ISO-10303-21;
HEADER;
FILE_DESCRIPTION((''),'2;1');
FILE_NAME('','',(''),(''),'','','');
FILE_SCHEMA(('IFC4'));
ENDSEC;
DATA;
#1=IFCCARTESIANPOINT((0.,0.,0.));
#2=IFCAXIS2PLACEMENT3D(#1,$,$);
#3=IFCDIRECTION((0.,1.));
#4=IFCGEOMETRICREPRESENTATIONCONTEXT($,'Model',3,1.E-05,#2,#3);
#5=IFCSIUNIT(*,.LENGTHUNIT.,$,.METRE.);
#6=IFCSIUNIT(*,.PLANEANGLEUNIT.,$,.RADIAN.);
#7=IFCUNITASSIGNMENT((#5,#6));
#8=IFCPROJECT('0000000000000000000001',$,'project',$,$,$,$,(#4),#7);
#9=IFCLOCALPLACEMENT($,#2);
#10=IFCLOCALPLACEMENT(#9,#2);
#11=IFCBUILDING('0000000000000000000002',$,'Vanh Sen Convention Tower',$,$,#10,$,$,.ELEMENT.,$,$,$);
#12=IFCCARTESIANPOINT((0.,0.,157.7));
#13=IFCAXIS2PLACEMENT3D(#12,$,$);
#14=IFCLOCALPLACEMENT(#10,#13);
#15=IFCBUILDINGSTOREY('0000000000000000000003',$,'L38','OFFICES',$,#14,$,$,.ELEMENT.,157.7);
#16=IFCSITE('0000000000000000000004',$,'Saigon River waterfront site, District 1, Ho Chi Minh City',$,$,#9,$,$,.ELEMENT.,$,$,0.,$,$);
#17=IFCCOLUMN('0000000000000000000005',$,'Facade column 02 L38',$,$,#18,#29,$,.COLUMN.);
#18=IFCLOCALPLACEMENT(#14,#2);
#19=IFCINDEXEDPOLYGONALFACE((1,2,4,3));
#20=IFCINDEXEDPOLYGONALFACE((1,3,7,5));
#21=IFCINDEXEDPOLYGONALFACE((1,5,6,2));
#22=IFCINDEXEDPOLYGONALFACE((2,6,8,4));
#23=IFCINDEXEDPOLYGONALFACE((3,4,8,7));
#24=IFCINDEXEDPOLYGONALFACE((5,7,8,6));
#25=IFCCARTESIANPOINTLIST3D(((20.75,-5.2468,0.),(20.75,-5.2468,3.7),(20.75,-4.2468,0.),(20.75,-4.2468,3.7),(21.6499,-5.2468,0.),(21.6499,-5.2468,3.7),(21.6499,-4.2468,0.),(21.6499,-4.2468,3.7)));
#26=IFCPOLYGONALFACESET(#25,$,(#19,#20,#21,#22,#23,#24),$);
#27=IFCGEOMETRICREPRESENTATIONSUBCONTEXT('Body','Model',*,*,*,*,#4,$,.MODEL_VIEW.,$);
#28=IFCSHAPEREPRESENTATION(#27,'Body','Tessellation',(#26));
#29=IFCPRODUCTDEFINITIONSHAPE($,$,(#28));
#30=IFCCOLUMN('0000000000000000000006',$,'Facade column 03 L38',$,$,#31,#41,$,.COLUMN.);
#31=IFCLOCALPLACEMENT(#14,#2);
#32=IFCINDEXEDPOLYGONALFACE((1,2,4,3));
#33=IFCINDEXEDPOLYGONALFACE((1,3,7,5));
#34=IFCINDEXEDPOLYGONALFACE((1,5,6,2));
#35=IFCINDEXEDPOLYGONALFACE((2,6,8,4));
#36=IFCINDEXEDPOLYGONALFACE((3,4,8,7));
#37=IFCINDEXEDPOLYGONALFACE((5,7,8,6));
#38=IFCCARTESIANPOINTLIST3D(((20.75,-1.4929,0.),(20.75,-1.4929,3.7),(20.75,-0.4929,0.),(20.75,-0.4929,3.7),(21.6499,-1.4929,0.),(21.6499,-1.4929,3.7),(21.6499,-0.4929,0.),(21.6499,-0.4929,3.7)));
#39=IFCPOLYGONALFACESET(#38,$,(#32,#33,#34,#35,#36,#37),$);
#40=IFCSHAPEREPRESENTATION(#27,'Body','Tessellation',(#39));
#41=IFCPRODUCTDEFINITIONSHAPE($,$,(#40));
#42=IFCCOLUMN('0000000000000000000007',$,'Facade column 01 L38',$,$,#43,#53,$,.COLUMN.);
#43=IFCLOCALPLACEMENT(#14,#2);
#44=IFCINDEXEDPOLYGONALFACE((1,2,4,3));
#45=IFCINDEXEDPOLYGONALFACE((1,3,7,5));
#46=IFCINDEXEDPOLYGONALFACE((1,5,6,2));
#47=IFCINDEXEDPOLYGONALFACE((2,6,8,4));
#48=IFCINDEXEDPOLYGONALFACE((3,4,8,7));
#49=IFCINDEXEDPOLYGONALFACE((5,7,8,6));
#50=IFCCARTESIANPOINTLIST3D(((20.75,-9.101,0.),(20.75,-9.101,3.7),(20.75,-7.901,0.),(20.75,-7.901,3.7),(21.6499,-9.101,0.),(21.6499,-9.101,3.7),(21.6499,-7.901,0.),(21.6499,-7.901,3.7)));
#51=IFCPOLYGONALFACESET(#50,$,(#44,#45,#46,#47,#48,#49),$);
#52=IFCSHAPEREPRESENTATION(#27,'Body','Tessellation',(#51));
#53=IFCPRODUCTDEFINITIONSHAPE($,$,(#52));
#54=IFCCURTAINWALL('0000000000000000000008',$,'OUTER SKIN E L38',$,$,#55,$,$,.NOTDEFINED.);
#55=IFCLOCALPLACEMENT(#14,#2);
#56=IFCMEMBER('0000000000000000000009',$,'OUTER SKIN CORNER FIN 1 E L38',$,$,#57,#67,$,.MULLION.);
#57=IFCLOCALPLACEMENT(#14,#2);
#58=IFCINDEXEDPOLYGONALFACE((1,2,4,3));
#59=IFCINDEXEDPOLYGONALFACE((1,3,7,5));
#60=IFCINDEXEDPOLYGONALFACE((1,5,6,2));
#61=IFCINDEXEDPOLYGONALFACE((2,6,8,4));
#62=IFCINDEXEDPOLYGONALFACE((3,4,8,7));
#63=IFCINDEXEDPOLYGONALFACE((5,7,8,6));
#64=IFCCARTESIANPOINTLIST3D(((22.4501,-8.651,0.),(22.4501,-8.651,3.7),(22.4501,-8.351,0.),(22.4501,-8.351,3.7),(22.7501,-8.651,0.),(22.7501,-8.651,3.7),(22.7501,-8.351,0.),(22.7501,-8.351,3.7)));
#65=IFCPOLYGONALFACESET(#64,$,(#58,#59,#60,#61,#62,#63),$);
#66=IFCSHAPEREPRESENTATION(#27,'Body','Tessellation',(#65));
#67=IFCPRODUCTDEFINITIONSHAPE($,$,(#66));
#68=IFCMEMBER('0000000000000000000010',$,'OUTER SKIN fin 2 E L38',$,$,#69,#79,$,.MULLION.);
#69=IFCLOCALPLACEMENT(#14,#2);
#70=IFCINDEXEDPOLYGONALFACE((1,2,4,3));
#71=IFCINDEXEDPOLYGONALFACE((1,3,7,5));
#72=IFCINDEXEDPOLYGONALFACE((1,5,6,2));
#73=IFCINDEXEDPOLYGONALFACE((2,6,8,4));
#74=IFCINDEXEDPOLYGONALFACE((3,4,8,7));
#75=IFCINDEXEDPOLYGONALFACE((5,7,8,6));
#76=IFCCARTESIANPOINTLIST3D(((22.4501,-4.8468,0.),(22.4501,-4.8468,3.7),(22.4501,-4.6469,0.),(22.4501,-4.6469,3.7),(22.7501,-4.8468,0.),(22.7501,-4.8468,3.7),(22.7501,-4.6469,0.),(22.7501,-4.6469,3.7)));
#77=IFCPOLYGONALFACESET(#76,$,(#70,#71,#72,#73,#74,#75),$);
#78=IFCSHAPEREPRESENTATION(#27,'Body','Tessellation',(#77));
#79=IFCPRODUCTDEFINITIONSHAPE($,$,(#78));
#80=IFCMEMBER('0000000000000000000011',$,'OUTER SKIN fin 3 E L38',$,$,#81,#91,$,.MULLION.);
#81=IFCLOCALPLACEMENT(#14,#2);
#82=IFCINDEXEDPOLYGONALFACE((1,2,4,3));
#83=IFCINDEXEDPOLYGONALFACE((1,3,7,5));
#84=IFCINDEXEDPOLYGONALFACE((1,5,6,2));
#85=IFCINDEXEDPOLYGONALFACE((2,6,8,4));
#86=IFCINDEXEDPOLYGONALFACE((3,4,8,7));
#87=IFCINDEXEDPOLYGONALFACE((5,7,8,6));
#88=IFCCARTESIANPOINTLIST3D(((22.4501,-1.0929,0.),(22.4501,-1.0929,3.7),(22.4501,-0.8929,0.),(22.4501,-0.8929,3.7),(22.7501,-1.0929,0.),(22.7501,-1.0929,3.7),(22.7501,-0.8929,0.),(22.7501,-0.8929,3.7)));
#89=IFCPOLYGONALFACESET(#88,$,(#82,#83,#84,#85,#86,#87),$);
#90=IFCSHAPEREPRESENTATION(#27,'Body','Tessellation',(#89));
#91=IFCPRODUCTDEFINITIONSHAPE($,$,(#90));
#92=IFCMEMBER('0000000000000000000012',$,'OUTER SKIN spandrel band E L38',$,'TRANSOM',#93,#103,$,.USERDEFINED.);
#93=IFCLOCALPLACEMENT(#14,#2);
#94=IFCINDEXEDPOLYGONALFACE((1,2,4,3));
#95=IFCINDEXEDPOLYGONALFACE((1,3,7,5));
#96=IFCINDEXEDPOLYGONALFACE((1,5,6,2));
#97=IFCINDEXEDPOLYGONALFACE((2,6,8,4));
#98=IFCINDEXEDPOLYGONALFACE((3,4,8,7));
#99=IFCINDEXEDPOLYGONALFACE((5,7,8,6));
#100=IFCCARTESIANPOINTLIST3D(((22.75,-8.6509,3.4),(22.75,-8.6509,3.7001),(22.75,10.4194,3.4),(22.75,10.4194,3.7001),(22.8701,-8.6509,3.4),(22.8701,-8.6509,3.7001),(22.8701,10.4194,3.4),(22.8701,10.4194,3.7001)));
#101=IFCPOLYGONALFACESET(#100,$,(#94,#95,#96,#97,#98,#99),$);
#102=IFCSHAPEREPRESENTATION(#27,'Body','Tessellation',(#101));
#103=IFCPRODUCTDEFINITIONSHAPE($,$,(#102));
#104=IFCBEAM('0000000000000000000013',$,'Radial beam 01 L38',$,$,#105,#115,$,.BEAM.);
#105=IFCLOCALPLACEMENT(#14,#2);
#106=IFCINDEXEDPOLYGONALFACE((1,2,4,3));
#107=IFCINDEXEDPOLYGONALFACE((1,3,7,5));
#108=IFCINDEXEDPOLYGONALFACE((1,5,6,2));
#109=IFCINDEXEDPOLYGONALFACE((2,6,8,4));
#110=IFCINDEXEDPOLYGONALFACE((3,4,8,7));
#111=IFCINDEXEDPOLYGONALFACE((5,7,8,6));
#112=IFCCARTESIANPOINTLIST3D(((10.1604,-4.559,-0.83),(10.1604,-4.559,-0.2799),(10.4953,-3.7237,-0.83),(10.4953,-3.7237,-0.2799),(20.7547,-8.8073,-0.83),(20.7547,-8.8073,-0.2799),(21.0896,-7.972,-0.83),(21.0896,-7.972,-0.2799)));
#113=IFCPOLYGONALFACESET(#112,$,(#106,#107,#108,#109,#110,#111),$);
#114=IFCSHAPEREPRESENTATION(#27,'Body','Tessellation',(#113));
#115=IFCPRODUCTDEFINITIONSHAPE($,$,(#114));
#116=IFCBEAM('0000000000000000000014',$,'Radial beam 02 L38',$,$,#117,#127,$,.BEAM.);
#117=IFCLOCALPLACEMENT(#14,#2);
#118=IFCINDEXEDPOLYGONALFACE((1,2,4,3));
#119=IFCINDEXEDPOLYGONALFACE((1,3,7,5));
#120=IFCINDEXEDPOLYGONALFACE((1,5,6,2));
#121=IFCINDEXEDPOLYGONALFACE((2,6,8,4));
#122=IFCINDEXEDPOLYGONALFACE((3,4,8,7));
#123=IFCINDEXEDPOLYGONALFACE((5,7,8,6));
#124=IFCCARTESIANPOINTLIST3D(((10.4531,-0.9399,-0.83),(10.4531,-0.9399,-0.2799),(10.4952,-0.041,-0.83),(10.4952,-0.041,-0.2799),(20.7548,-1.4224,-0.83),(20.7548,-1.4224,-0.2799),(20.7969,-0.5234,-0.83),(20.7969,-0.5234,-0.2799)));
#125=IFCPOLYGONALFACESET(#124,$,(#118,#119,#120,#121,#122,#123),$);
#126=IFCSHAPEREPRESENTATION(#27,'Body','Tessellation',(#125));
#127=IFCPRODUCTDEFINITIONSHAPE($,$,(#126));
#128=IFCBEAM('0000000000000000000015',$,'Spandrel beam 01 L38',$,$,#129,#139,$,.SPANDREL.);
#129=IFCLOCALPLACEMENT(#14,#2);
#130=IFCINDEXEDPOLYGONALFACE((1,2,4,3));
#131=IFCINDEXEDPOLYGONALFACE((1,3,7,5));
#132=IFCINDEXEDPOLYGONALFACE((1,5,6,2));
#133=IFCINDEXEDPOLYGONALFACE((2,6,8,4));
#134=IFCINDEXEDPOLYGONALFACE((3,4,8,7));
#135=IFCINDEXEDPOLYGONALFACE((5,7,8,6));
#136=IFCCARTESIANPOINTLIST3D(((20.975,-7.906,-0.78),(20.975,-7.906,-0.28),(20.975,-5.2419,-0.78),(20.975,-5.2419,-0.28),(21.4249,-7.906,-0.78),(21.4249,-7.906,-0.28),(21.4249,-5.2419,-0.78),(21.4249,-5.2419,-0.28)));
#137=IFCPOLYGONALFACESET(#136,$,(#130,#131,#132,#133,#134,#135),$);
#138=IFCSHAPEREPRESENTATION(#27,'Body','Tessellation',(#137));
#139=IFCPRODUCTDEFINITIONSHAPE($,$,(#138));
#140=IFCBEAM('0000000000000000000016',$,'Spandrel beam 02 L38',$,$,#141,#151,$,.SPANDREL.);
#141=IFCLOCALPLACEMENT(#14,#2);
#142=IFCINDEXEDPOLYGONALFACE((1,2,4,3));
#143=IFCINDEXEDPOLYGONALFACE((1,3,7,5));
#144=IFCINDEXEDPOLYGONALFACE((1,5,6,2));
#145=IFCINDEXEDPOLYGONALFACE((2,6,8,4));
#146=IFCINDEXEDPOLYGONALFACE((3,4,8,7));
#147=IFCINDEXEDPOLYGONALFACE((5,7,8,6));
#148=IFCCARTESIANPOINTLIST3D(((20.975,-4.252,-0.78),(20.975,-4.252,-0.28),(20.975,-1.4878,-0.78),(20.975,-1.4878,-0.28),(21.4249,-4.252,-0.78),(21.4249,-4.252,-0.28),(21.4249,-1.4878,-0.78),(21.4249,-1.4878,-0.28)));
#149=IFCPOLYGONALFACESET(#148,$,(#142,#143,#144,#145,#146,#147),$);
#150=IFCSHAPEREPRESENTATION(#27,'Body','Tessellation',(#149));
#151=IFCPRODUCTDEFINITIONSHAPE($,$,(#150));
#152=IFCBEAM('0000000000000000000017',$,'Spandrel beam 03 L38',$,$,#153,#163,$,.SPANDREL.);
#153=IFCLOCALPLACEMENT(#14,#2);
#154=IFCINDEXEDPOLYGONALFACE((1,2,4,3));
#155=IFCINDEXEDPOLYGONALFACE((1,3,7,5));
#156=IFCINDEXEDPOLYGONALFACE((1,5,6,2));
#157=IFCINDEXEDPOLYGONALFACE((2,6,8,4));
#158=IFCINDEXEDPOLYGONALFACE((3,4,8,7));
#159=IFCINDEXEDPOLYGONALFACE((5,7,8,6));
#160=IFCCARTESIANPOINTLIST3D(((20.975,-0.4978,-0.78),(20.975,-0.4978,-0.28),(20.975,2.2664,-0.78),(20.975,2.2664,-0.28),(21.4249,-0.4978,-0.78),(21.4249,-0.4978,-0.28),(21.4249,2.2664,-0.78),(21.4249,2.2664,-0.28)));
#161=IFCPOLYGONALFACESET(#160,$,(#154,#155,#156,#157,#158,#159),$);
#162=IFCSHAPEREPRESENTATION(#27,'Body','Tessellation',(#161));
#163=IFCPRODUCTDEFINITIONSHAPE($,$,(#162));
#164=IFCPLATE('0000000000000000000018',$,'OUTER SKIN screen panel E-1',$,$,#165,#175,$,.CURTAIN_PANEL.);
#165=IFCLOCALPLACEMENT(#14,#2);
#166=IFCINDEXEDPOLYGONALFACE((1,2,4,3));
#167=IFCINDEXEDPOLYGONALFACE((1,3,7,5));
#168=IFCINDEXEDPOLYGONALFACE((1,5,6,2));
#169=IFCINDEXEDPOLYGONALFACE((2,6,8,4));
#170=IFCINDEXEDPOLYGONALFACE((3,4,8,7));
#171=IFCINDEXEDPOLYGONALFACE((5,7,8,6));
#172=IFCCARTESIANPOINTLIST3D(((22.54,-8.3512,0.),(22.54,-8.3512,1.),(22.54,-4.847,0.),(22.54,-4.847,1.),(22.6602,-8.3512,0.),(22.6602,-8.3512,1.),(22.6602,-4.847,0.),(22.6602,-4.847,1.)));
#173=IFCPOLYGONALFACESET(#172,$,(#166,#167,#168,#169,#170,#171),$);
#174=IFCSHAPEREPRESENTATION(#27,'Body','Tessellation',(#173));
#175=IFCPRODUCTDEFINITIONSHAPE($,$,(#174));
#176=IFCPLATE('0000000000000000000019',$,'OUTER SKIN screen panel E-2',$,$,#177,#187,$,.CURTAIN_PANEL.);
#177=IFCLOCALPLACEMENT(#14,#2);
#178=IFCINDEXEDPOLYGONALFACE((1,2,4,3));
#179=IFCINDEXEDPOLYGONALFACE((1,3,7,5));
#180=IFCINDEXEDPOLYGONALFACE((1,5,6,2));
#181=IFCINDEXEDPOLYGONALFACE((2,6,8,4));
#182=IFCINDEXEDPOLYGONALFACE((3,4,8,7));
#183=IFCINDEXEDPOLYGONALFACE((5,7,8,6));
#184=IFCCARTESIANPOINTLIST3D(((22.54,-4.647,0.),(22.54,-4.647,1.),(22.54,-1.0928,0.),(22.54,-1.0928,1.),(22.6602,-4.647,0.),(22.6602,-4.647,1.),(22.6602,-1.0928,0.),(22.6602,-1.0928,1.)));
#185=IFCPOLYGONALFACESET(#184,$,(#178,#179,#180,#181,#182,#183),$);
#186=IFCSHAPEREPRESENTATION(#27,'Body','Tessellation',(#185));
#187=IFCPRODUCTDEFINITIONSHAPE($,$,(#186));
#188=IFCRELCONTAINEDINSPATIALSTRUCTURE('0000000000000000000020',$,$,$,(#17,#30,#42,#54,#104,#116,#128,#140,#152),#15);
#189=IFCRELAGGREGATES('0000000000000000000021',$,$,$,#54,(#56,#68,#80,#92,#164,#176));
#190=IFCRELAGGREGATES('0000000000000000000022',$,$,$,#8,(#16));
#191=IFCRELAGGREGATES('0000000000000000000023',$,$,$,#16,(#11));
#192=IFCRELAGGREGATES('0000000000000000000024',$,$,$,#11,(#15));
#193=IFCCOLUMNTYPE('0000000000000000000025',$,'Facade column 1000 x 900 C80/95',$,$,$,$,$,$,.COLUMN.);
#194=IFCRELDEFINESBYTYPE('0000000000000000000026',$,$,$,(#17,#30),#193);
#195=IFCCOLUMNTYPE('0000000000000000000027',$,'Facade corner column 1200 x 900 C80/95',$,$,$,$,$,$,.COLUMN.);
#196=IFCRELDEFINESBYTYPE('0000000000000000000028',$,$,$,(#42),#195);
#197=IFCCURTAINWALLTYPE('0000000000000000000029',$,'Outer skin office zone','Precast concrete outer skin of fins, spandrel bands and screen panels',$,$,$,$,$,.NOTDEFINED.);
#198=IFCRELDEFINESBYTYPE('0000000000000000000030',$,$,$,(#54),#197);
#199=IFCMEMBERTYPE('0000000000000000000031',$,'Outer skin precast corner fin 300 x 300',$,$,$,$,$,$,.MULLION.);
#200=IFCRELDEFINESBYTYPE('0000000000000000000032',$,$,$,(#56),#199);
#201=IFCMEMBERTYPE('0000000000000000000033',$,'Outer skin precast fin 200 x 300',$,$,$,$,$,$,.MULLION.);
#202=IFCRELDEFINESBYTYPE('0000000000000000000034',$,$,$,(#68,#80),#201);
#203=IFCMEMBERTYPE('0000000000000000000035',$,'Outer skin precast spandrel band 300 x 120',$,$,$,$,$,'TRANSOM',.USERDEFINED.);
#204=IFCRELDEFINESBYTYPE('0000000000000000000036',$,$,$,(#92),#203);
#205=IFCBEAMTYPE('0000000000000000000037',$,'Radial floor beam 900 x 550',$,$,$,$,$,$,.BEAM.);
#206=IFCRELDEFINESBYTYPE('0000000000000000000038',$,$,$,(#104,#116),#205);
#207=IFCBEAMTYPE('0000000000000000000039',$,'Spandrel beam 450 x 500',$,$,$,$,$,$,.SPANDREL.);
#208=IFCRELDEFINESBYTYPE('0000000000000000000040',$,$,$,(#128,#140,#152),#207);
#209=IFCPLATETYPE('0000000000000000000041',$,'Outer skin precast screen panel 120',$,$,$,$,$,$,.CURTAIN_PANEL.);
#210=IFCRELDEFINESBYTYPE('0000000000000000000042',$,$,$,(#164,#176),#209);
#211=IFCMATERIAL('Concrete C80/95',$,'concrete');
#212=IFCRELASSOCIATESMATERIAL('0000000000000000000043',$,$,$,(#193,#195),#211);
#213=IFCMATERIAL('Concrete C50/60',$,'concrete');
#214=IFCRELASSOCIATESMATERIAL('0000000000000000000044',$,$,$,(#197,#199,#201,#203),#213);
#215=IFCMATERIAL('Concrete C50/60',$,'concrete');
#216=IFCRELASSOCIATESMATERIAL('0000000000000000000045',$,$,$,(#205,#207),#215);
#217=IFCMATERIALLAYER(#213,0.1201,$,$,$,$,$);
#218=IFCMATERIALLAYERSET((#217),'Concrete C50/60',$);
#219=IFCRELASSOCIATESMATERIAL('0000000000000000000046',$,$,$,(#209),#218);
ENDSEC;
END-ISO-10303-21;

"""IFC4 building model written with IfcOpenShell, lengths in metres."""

from ifc_helpers import new_model, si_unit, direction, frame, origin, origin_2d, place, context, subcontext, project, spatial, rectangle, extrude, material, layer, layer_set, material_profile, profile_set, type_object, element, aggregate, save


model = new_model("IFC4")

# Units and contexts
model_context = context("Model", 3, precision=1e-05, world=origin(), true_north=direction((0.0, 1.0)))
body_context = subcontext(model_context, "Body", "Model", "MODEL_VIEW")
ifc_project = project(units=[si_unit("LENGTHUNIT", "METRE"), si_unit("PLANEANGLEUNIT", "RADIAN")], contexts=[model_context])

# Site, building, storey
site_placement = place(None, origin())
site = spatial("IfcSite", under=ifc_project, at=site_placement, Name="Saigon River waterfront site, District 1, Ho Chi Minh City", CompositionType="ELEMENT", RefElevation=0.0)
building_placement = place(site_placement, origin())
building = spatial("IfcBuilding", under=site, at=building_placement, Name="Vanh Sen Convention Tower", CompositionType="ELEMENT")
storey_placement = place(building_placement, frame((0.0, 0.0, 157.7)))
storey = spatial("IfcBuildingStorey", under=building, at=storey_placement, Name="L38", Description="OFFICES", CompositionType="ELEMENT", Elevation=157.7)

# Columns
ifc_material_1 = material(Name="Concrete C80/95", Category="concrete")
ifc_material_profile_1 = material_profile(ifc_material_1, rectangle(XDim=1.0, YDim=0.8999, at=origin_2d()), Name="RC 1000X900")
ifc_profile_set_1 = profile_set([ifc_material_profile_1], Name="Concrete C80/95")
column_type_1 = type_object("IfcColumnType", Name="Facade column 1000 x 900 C80/95", PredefinedType="COLUMN", material=ifc_profile_set_1)
for number, where, z_axis, x_axis, name in (
    (1, (21.2, -4.7468, 0.0), (0.0, 0.0, 1.0), (0.0, 1.0, 0.0), "Facade column 02 L38"),
    (2, (21.2, -0.9929, 0.0), (0.0, 0.0, 1.0), (0.0, 1.0, 0.0), "Facade column 03 L38"),
):
    element("IfcColumn", number, at=place(storey_placement, frame(where, z_axis=z_axis, x_axis=x_axis)), inside=storey, type_object=column_type_1, Name=name, PredefinedType="COLUMN", context=body_context, shape_type="SweptSolid", body=[
        extrude(rectangle(XDim=1.0, YDim=0.8999, at=origin_2d()), origin(), (0.0, 0.0, 1.0), 3.7),
    ])
ifc_material_profile_2 = material_profile(ifc_material_1, rectangle(XDim=1.2, YDim=0.8999, at=origin_2d()), Name="RC 1200X900")
ifc_profile_set_2 = profile_set([ifc_material_profile_2], Name="Concrete C80/95")
column_type_2 = type_object("IfcColumnType", Name="Facade corner column 1200 x 900 C80/95", PredefinedType="COLUMN", material=ifc_profile_set_2)
column_placement = place(storey_placement, frame((21.2, -8.501, 0.0), z_axis=(0.0, 0.0, 1.0), x_axis=(0.0, 1.0, 0.0)))
element("IfcColumn", 3, at=column_placement, inside=storey, type_object=column_type_2, Name="Facade column 01 L38", PredefinedType="COLUMN", context=body_context, shape_type="SweptSolid", body=[
    extrude(rectangle(XDim=1.2, YDim=0.8999, at=origin_2d()), origin(), (0.0, 0.0, 1.0), 3.7),
])

# Curtain wall, members
ifc_material_2 = material(Name="Concrete C50/60", Category="concrete")
curtain_wall_type = type_object("IfcCurtainWallType", Name="Outer skin office zone", Description="Precast concrete outer skin of fins, spandrel bands and screen panels", PredefinedType="NOTDEFINED", material=ifc_material_2)
curtain_wall_1_placement = place(storey_placement, origin())
curtain_wall_1 = element("IfcCurtainWall", 4, at=curtain_wall_1_placement, inside=storey, type_object=curtain_wall_type, Name="OUTER SKIN E L38", PredefinedType="NOTDEFINED")
ifc_material_profile_3 = material_profile(ifc_material_2, rectangle(XDim=0.3, YDim=0.3, at=origin_2d()), Name="Outer skin precast corner fin 300 x 300")
ifc_profile_set_3 = profile_set([ifc_material_profile_3], Name="Concrete C50/60")
member_type_1 = type_object("IfcMemberType", Name="Outer skin precast corner fin 300 x 300", PredefinedType="MULLION", material=ifc_profile_set_3)
member_1_placement = place(storey_placement, frame((22.6001, -8.501, 0.0), z_axis=(0.0, 0.0, 1.0), x_axis=(0.0, 1.0, 0.0)))
member_1 = element("IfcMember", 5, at=member_1_placement, type_object=member_type_1, Name="OUTER SKIN CORNER FIN 1 E L38", PredefinedType="MULLION", context=body_context, shape_type="SweptSolid", body=[
    extrude(rectangle(XDim=0.3, YDim=0.3, at=origin_2d()), origin(), (0.0, 0.0, 1.0), 3.7),
])
ifc_material_profile_4 = material_profile(ifc_material_2, rectangle(XDim=0.2, YDim=0.3, at=origin_2d()), Name="Outer skin precast fin 200 x 300")
ifc_profile_set_4 = profile_set([ifc_material_profile_4], Name="Concrete C50/60")
member_type_2 = type_object("IfcMemberType", Name="Outer skin precast fin 200 x 300", PredefinedType="MULLION", material=ifc_profile_set_4)
member_2_placement = place(storey_placement, frame((22.6001, -4.7468, 0.0), z_axis=(0.0, 0.0, 1.0), x_axis=(0.0, 1.0, 0.0)))
member_2 = element("IfcMember", 6, at=member_2_placement, type_object=member_type_2, Name="OUTER SKIN fin 2 E L38", PredefinedType="MULLION", context=body_context, shape_type="SweptSolid", body=[
    extrude(rectangle(XDim=0.2, YDim=0.3, at=origin_2d()), origin(), (0.0, 0.0, 1.0), 3.7),
])
member_3_placement = place(storey_placement, frame((22.6001, -0.9929, 0.0), z_axis=(0.0, 0.0, 1.0), x_axis=(0.0, 1.0, 0.0)))
member_3 = element("IfcMember", 7, at=member_3_placement, type_object=member_type_2, Name="OUTER SKIN fin 3 E L38", PredefinedType="MULLION", context=body_context, shape_type="SweptSolid", body=[
    extrude(rectangle(XDim=0.2, YDim=0.3, at=origin_2d()), origin(), (0.0, 0.0, 1.0), 3.7),
])
ifc_material_profile_5 = material_profile(ifc_material_2, rectangle(XDim=0.1201, YDim=0.3, at=origin_2d()), Name="Outer skin precast spandrel band 300 x 120")
ifc_profile_set_5 = profile_set([ifc_material_profile_5], Name="Concrete C50/60")
member_type_3 = type_object("IfcMemberType", Name="Outer skin precast spandrel band 300 x 120", ElementType="TRANSOM", PredefinedType="USERDEFINED", material=ifc_profile_set_5)
member_4_placement = place(storey_placement, frame((22.8101, -8.6509, 3.55), z_axis=(0.0, 1.0, 0.0), x_axis=(-1.0, 0.0, 0.0)))
member_4 = element("IfcMember", 8, at=member_4_placement, type_object=member_type_3, Name="OUTER SKIN spandrel band E L38", ObjectType="TRANSOM", PredefinedType="USERDEFINED", context=body_context, shape_type="SweptSolid", body=[
    extrude(rectangle(XDim=0.1201, YDim=0.3, at=origin_2d()), origin(), (0.0, 0.0, 1.0), 19.0703),
])

# Beams
ifc_material_3 = material(Name="Concrete C50/60", Category="concrete")
ifc_material_profile_6 = material_profile(ifc_material_3, rectangle(XDim=0.8999, YDim=0.55, at=origin_2d()), Name="RC 900X550")
ifc_profile_set_6 = profile_set([ifc_material_profile_6], Name="Concrete C50/60")
beam_type_1 = type_object("IfcBeamType", Name="Radial floor beam 900 x 550", PredefinedType="BEAM", material=ifc_profile_set_6)
beam_1_placement = place(storey_placement, frame((20.9221, -8.3896, -0.5549), z_axis=(-0.928156, 0.372191, 0.0), x_axis=(-0.372191, -0.928156, 0.0)))
element("IfcBeam", 9, at=beam_1_placement, inside=storey, type_object=beam_type_1, Name="Radial beam 01 L38", PredefinedType="BEAM", context=body_context, shape_type="SweptSolid", body=[
    extrude(rectangle(XDim=0.8999, YDim=0.55, at=origin_2d()), origin(), (0.0, 0.0, 1.0), 11.4143),
])
beam_2_placement = place(storey_placement, frame((20.7759, -0.9729, -0.5549), z_axis=(-0.998905, 0.046778, 0.0), x_axis=(-0.046778, -0.998905, 0.0)))
element("IfcBeam", 10, at=beam_2_placement, inside=storey, type_object=beam_type_1, Name="Radial beam 02 L38", PredefinedType="BEAM", context=body_context, shape_type="SweptSolid", body=[
    extrude(rectangle(XDim=0.8999, YDim=0.55, at=origin_2d()), origin(), (0.0, 0.0, 1.0), 10.313),
])
ifc_material_profile_7 = material_profile(ifc_material_3, rectangle(XDim=0.45, YDim=0.5, at=origin_2d()), Name="RC 450X500")
ifc_profile_set_7 = profile_set([ifc_material_profile_7], Name="Concrete C50/60")
beam_type_2 = type_object("IfcBeamType", Name="Spandrel beam 450 x 500", PredefinedType="SPANDREL", material=ifc_profile_set_7)
beam_3_placement = place(storey_placement, frame((21.2, -7.906, -0.53), z_axis=(0.0, 1.0, 0.0), x_axis=(-1.0, 0.0, 0.0)))
element("IfcBeam", 11, at=beam_3_placement, inside=storey, type_object=beam_type_2, Name="Spandrel beam 01 L38", PredefinedType="SPANDREL", context=body_context, shape_type="SweptSolid", body=[
    extrude(rectangle(XDim=0.45, YDim=0.5, at=origin_2d()), origin(), (0.0, 0.0, 1.0), 2.6641),
])
for number, where, z_axis, x_axis, name in (
    (12, (21.2, -4.252, -0.53), (0.0, 1.0, 0.0), (-1.0, 0.0, 0.0), "Spandrel beam 02 L38"),
    (13, (21.2, -0.4978, -0.53), (0.0, 1.0, 0.0), (-1.0, 0.0, 0.0), "Spandrel beam 03 L38"),
):
    element("IfcBeam", number, at=place(storey_placement, frame(where, z_axis=z_axis, x_axis=x_axis)), inside=storey, type_object=beam_type_2, Name=name, PredefinedType="SPANDREL", context=body_context, shape_type="SweptSolid", body=[
        extrude(rectangle(XDim=0.45, YDim=0.5, at=origin_2d()), origin(), (0.0, 0.0, 1.0), 2.7642),
    ])

# Plates
ifc_layer_1 = layer(ifc_material_2, 0.1201)
ifc_layer_set_1 = layer_set([ifc_layer_1], Name="Concrete C50/60")
plate_type = type_object("IfcPlateType", Name="Outer skin precast screen panel 120", PredefinedType="CURTAIN_PANEL", material=ifc_layer_set_1)
plate_1_placement = place(storey_placement, frame((22.6001, -6.5991, 0.0), z_axis=(0.0, 0.0, 1.0), x_axis=(0.0, 1.0, 0.0)))
plate_1 = element("IfcPlate", 14, at=plate_1_placement, type_object=plate_type, Name="OUTER SKIN screen panel E-1", PredefinedType="CURTAIN_PANEL", context=body_context, shape_type="SweptSolid", body=[
    extrude(rectangle(XDim=3.5042, YDim=0.1201, at=origin_2d()), origin(), (0.0, 0.0, 1.0), 1.0),
])
plate_2_placement = place(storey_placement, frame((22.6001, -2.8699, 0.0), z_axis=(0.0, 0.0, 1.0), x_axis=(0.0, 1.0, 0.0)))
plate_2 = element("IfcPlate", 15, at=plate_2_placement, type_object=plate_type, Name="OUTER SKIN screen panel E-2", PredefinedType="CURTAIN_PANEL", context=body_context, shape_type="SweptSolid", body=[
    extrude(rectangle(XDim=3.5542, YDim=0.1201, at=origin_2d()), origin(), (0.0, 0.0, 1.0), 1.0),
])
aggregate(curtain_wall_1, [member_1, member_2, member_3, member_4, plate_1, plate_2])

save(model, "model.ifc")
